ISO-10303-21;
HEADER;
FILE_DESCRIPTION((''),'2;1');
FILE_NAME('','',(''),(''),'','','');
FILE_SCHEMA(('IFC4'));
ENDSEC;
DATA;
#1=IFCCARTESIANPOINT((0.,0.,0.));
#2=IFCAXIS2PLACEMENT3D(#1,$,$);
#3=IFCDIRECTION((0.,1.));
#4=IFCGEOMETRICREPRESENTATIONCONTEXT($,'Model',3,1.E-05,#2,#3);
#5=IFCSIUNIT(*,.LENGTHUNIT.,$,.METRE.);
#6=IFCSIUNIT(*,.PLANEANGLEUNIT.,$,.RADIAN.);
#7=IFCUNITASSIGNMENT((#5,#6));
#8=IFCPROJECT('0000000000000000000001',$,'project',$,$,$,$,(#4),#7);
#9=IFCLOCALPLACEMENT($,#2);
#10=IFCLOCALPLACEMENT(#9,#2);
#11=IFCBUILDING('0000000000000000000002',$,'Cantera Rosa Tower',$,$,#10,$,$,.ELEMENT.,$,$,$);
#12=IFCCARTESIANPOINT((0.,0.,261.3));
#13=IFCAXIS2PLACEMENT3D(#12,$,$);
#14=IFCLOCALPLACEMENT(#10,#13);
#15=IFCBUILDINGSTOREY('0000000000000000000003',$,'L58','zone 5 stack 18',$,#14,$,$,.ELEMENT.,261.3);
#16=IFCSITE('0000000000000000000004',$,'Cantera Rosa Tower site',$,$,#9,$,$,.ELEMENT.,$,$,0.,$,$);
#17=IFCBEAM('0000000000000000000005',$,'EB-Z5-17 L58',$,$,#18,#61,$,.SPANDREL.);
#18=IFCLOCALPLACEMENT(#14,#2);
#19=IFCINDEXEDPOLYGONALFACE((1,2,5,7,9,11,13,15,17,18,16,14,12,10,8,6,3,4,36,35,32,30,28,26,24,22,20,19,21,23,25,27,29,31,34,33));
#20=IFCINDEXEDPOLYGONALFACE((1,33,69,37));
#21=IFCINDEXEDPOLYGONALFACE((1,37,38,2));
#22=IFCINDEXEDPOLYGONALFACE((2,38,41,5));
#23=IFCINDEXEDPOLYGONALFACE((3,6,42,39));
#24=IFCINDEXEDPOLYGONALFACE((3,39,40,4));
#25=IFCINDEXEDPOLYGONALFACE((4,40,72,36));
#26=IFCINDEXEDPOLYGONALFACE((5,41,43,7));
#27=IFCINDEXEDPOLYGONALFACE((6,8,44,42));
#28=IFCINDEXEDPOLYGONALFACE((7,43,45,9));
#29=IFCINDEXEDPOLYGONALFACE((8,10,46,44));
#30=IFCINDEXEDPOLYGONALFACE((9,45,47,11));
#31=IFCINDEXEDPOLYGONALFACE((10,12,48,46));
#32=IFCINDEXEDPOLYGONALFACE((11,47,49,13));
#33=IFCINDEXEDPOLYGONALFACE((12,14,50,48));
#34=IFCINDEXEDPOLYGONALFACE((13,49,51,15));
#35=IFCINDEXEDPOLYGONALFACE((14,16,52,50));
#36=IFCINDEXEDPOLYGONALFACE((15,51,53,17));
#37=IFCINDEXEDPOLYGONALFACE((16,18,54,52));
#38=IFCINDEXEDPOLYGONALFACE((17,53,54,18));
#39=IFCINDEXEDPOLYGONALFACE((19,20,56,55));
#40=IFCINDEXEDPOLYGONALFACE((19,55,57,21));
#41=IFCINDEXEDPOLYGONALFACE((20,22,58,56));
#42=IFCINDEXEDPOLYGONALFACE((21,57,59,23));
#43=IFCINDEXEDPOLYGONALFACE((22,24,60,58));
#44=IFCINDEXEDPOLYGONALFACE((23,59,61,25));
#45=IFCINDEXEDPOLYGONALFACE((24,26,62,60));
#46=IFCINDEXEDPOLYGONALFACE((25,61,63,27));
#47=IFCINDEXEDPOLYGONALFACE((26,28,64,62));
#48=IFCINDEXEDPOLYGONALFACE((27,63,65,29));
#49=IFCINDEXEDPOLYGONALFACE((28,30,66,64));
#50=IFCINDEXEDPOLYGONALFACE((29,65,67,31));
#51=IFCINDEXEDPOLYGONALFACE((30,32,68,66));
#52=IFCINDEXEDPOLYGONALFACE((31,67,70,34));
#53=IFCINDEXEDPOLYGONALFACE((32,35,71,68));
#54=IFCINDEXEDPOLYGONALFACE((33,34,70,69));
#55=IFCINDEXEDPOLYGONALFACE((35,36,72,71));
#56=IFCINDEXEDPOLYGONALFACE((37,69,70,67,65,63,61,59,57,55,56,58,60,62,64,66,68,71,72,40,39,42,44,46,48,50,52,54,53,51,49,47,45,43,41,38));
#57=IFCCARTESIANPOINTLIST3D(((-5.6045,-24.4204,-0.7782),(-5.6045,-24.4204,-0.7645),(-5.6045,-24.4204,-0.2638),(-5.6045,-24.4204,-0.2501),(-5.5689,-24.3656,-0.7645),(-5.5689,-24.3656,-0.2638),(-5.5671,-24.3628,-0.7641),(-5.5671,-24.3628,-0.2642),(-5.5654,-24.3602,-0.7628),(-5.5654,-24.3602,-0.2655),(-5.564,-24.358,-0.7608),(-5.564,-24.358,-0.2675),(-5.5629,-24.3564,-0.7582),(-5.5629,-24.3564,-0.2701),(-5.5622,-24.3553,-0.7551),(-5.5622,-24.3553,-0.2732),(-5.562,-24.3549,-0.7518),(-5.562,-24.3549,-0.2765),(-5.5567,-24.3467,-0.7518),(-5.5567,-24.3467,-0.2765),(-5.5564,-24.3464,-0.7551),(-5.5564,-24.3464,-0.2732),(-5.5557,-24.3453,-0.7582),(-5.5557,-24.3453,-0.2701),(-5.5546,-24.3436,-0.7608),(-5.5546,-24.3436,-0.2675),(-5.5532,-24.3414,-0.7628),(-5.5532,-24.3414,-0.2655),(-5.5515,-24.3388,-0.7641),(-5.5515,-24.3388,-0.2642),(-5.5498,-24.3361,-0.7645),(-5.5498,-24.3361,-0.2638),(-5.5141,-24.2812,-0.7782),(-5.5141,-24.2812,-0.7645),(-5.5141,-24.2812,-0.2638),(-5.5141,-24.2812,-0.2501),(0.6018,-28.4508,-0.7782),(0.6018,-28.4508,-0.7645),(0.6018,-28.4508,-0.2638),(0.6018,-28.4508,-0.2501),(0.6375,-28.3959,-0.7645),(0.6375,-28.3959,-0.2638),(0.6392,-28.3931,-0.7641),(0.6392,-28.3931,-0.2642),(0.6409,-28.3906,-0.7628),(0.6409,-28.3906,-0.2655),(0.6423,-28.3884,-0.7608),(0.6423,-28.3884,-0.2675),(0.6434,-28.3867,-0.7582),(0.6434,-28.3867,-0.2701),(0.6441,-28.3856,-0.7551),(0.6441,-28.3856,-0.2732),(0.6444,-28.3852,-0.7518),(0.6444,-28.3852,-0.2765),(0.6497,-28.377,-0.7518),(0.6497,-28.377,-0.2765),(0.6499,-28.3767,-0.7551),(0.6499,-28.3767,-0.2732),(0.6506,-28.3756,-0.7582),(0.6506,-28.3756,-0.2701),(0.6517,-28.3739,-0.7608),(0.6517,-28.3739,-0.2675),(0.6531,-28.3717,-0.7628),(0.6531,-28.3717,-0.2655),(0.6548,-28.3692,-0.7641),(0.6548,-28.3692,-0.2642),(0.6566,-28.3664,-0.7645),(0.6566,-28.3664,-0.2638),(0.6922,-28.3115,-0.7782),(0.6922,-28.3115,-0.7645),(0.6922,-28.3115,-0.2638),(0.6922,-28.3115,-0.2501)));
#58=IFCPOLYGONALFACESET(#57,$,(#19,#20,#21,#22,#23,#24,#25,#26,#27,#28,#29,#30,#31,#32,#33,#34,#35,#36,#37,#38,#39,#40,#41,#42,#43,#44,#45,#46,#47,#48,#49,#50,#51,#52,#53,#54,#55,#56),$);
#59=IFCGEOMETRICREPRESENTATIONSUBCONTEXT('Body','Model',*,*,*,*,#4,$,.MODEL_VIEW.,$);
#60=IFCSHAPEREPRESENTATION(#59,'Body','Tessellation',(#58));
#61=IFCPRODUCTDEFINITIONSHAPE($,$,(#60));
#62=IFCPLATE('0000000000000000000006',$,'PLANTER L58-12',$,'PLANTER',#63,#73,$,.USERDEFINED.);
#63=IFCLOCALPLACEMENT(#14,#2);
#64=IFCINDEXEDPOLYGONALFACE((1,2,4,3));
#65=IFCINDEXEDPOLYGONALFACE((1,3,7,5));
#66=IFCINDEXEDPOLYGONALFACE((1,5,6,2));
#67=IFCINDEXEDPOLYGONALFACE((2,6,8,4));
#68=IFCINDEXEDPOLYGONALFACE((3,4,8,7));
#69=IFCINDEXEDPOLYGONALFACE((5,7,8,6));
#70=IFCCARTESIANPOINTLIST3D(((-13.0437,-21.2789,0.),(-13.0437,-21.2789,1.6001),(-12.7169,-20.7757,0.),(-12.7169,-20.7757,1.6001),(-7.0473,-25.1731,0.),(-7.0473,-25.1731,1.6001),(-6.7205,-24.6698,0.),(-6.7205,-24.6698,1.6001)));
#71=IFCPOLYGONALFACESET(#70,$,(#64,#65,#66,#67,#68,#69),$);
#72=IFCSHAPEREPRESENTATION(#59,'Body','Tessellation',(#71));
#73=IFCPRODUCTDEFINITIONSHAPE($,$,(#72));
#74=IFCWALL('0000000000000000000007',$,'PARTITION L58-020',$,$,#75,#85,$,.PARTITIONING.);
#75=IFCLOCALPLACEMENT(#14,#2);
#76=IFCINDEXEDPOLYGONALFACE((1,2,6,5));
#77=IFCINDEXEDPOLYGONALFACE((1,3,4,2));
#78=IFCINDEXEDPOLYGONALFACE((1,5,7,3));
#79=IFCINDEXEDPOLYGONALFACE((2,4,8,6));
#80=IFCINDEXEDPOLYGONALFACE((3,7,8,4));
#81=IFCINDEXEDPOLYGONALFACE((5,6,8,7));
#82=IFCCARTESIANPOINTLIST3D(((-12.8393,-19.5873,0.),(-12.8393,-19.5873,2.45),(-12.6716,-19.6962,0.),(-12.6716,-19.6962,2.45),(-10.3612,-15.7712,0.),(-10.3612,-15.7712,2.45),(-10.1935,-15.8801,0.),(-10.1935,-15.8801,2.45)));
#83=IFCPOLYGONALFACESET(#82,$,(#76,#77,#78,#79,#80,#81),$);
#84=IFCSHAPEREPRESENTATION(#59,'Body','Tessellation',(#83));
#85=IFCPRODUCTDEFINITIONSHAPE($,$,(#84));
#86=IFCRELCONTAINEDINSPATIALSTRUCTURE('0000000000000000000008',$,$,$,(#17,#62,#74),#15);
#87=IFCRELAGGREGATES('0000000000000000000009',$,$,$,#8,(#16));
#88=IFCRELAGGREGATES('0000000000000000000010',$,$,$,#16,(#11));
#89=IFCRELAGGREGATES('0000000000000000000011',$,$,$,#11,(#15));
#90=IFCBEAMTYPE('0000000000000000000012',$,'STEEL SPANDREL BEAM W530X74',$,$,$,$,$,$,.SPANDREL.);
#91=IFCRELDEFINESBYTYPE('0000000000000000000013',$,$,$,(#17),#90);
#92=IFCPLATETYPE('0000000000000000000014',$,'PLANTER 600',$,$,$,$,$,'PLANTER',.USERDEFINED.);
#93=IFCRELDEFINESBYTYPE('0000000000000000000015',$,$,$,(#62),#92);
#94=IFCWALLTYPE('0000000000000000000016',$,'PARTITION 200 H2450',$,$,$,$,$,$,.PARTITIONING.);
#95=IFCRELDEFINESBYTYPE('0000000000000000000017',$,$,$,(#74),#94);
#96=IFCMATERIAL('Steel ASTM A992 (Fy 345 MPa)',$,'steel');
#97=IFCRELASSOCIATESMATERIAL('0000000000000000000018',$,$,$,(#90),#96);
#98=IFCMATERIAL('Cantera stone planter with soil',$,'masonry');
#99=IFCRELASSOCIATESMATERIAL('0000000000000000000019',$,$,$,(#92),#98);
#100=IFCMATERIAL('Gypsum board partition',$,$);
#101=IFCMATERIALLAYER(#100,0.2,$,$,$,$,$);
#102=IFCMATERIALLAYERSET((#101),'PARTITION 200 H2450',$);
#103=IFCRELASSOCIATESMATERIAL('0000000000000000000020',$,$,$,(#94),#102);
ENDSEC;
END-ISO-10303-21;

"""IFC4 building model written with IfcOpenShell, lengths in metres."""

from ifc_helpers import new_model, si_unit, direction, frame, frame_2d, origin, origin_2d, place, context, subcontext, project, spatial, rectangle, i_section, extrude, material, layer, layer_set, material_profile, profile_set, type_object, element, save


model = new_model("IFC4")

# Units and contexts
model_context = context("Model", 3, precision=1e-05, world=origin(), true_north=direction((0.0, 1.0)))
body_context = subcontext(model_context, "Body", "Model", "MODEL_VIEW")
ifc_project = project(units=[si_unit("LENGTHUNIT", "METRE"), si_unit("PLANEANGLEUNIT", "RADIAN")], contexts=[model_context])

# Site, building, storey
site_placement = place(None, origin())
site = spatial("IfcSite", under=ifc_project, at=site_placement, Name="Cantera Rosa Tower site", CompositionType="ELEMENT", RefElevation=0.0)
building_placement = place(site_placement, origin())
building = spatial("IfcBuilding", under=site, at=building_placement, Name="Cantera Rosa Tower", CompositionType="ELEMENT")
storey_placement = place(building_placement, frame((0.0, 0.0, 261.3)))
storey = spatial("IfcBuildingStorey", under=building, at=storey_placement, Name="L58", Description="zone 5 stack 18", CompositionType="ELEMENT", Elevation=261.3)

# Beam
ifc_material_1 = material(Name="Steel ASTM A992 (Fy 345 MPa)", Category="steel")
ifc_material_profile_1 = material_profile(ifc_material_1, i_section(OverallWidth=0.166, OverallDepth=0.5281, WebThickness=0.0098, FlangeThickness=0.0137, FilletRadius=0.0127, at=origin_2d()), Name="W530X74")
ifc_profile_set_1 = profile_set([ifc_material_profile_1], Name="Steel ASTM A992 (Fy 345 MPa)")
beam_type_1 = type_object("IfcBeamType", Name="STEEL SPANDREL BEAM W530X74", PredefinedType="SPANDREL", material=ifc_profile_set_1)
beam_1_placement = place(storey_placement, frame((-5.5593, -24.3508, -0.5142), z_axis=(0.838679, -0.544625, 0.0), x_axis=(0.544625, 0.838679, 0.0)))
element("IfcBeam", 1, at=beam_1_placement, inside=storey, type_object=beam_type_1, Name="EB-Z5-17 L58", PredefinedType="SPANDREL", context=body_context, shape_type="SweptSolid", body=[
    extrude(i_section(OverallWidth=0.166, OverallDepth=0.5281, WebThickness=0.0098, FlangeThickness=0.0137, FilletRadius=0.0127, at=origin_2d()), origin(), (0.0, 0.0, 1.0), 7.4001),
])

# Plate
ifc_material_2 = material(Name="Cantera stone planter with soil", Category="masonry")
plate_type = type_object("IfcPlateType", Name="PLANTER 600", ElementType="PLANTER", PredefinedType="USERDEFINED", material=ifc_material_2)
plate_placement = place(storey_placement, frame((-9.8821, -22.9744, 0.0), z_axis=(0.0, 0.0, 1.0), x_axis=(0.838671, -0.544639, 0.0)))
element("IfcPlate", 2, at=plate_placement, inside=storey, type_object=plate_type, Name="PLANTER L58-12", ObjectType="PLANTER", PredefinedType="USERDEFINED", context=body_context, shape_type="SweptSolid", body=[
    extrude(rectangle(XDim=7.1499, YDim=0.6001, at=origin_2d()), origin(), (0.0, 0.0, 1.0), 1.6001),
])

# Wall
ifc_material_3 = material(Name="Gypsum board partition")
ifc_layer_1 = layer(ifc_material_3, 0.2)
ifc_layer_set_1 = layer_set([ifc_layer_1], Name="PARTITION 200 H2450")
wall_type_1 = type_object("IfcWallType", Name="PARTITION 200 H2450", PredefinedType="PARTITIONING", material=ifc_layer_set_1)
wall_1_placement = place(storey_placement, frame((-12.7554, -19.6416, 0.0), z_axis=(0.0, 0.0, 1.0), x_axis=(0.54463, 0.838676, 0.0)))
element("IfcWall", 3, at=wall_1_placement, inside=storey, type_object=wall_type_1, Name="PARTITION L58-020", PredefinedType="PARTITIONING", context=body_context, shape_type="SweptSolid", body=[
    extrude(rectangle(XDim=4.55, YDim=0.2, at=frame_2d((2.2749, 0.0))), origin(), (0.0, 0.0, 1.0), 2.45),
])

save(model, "model.ifc")
